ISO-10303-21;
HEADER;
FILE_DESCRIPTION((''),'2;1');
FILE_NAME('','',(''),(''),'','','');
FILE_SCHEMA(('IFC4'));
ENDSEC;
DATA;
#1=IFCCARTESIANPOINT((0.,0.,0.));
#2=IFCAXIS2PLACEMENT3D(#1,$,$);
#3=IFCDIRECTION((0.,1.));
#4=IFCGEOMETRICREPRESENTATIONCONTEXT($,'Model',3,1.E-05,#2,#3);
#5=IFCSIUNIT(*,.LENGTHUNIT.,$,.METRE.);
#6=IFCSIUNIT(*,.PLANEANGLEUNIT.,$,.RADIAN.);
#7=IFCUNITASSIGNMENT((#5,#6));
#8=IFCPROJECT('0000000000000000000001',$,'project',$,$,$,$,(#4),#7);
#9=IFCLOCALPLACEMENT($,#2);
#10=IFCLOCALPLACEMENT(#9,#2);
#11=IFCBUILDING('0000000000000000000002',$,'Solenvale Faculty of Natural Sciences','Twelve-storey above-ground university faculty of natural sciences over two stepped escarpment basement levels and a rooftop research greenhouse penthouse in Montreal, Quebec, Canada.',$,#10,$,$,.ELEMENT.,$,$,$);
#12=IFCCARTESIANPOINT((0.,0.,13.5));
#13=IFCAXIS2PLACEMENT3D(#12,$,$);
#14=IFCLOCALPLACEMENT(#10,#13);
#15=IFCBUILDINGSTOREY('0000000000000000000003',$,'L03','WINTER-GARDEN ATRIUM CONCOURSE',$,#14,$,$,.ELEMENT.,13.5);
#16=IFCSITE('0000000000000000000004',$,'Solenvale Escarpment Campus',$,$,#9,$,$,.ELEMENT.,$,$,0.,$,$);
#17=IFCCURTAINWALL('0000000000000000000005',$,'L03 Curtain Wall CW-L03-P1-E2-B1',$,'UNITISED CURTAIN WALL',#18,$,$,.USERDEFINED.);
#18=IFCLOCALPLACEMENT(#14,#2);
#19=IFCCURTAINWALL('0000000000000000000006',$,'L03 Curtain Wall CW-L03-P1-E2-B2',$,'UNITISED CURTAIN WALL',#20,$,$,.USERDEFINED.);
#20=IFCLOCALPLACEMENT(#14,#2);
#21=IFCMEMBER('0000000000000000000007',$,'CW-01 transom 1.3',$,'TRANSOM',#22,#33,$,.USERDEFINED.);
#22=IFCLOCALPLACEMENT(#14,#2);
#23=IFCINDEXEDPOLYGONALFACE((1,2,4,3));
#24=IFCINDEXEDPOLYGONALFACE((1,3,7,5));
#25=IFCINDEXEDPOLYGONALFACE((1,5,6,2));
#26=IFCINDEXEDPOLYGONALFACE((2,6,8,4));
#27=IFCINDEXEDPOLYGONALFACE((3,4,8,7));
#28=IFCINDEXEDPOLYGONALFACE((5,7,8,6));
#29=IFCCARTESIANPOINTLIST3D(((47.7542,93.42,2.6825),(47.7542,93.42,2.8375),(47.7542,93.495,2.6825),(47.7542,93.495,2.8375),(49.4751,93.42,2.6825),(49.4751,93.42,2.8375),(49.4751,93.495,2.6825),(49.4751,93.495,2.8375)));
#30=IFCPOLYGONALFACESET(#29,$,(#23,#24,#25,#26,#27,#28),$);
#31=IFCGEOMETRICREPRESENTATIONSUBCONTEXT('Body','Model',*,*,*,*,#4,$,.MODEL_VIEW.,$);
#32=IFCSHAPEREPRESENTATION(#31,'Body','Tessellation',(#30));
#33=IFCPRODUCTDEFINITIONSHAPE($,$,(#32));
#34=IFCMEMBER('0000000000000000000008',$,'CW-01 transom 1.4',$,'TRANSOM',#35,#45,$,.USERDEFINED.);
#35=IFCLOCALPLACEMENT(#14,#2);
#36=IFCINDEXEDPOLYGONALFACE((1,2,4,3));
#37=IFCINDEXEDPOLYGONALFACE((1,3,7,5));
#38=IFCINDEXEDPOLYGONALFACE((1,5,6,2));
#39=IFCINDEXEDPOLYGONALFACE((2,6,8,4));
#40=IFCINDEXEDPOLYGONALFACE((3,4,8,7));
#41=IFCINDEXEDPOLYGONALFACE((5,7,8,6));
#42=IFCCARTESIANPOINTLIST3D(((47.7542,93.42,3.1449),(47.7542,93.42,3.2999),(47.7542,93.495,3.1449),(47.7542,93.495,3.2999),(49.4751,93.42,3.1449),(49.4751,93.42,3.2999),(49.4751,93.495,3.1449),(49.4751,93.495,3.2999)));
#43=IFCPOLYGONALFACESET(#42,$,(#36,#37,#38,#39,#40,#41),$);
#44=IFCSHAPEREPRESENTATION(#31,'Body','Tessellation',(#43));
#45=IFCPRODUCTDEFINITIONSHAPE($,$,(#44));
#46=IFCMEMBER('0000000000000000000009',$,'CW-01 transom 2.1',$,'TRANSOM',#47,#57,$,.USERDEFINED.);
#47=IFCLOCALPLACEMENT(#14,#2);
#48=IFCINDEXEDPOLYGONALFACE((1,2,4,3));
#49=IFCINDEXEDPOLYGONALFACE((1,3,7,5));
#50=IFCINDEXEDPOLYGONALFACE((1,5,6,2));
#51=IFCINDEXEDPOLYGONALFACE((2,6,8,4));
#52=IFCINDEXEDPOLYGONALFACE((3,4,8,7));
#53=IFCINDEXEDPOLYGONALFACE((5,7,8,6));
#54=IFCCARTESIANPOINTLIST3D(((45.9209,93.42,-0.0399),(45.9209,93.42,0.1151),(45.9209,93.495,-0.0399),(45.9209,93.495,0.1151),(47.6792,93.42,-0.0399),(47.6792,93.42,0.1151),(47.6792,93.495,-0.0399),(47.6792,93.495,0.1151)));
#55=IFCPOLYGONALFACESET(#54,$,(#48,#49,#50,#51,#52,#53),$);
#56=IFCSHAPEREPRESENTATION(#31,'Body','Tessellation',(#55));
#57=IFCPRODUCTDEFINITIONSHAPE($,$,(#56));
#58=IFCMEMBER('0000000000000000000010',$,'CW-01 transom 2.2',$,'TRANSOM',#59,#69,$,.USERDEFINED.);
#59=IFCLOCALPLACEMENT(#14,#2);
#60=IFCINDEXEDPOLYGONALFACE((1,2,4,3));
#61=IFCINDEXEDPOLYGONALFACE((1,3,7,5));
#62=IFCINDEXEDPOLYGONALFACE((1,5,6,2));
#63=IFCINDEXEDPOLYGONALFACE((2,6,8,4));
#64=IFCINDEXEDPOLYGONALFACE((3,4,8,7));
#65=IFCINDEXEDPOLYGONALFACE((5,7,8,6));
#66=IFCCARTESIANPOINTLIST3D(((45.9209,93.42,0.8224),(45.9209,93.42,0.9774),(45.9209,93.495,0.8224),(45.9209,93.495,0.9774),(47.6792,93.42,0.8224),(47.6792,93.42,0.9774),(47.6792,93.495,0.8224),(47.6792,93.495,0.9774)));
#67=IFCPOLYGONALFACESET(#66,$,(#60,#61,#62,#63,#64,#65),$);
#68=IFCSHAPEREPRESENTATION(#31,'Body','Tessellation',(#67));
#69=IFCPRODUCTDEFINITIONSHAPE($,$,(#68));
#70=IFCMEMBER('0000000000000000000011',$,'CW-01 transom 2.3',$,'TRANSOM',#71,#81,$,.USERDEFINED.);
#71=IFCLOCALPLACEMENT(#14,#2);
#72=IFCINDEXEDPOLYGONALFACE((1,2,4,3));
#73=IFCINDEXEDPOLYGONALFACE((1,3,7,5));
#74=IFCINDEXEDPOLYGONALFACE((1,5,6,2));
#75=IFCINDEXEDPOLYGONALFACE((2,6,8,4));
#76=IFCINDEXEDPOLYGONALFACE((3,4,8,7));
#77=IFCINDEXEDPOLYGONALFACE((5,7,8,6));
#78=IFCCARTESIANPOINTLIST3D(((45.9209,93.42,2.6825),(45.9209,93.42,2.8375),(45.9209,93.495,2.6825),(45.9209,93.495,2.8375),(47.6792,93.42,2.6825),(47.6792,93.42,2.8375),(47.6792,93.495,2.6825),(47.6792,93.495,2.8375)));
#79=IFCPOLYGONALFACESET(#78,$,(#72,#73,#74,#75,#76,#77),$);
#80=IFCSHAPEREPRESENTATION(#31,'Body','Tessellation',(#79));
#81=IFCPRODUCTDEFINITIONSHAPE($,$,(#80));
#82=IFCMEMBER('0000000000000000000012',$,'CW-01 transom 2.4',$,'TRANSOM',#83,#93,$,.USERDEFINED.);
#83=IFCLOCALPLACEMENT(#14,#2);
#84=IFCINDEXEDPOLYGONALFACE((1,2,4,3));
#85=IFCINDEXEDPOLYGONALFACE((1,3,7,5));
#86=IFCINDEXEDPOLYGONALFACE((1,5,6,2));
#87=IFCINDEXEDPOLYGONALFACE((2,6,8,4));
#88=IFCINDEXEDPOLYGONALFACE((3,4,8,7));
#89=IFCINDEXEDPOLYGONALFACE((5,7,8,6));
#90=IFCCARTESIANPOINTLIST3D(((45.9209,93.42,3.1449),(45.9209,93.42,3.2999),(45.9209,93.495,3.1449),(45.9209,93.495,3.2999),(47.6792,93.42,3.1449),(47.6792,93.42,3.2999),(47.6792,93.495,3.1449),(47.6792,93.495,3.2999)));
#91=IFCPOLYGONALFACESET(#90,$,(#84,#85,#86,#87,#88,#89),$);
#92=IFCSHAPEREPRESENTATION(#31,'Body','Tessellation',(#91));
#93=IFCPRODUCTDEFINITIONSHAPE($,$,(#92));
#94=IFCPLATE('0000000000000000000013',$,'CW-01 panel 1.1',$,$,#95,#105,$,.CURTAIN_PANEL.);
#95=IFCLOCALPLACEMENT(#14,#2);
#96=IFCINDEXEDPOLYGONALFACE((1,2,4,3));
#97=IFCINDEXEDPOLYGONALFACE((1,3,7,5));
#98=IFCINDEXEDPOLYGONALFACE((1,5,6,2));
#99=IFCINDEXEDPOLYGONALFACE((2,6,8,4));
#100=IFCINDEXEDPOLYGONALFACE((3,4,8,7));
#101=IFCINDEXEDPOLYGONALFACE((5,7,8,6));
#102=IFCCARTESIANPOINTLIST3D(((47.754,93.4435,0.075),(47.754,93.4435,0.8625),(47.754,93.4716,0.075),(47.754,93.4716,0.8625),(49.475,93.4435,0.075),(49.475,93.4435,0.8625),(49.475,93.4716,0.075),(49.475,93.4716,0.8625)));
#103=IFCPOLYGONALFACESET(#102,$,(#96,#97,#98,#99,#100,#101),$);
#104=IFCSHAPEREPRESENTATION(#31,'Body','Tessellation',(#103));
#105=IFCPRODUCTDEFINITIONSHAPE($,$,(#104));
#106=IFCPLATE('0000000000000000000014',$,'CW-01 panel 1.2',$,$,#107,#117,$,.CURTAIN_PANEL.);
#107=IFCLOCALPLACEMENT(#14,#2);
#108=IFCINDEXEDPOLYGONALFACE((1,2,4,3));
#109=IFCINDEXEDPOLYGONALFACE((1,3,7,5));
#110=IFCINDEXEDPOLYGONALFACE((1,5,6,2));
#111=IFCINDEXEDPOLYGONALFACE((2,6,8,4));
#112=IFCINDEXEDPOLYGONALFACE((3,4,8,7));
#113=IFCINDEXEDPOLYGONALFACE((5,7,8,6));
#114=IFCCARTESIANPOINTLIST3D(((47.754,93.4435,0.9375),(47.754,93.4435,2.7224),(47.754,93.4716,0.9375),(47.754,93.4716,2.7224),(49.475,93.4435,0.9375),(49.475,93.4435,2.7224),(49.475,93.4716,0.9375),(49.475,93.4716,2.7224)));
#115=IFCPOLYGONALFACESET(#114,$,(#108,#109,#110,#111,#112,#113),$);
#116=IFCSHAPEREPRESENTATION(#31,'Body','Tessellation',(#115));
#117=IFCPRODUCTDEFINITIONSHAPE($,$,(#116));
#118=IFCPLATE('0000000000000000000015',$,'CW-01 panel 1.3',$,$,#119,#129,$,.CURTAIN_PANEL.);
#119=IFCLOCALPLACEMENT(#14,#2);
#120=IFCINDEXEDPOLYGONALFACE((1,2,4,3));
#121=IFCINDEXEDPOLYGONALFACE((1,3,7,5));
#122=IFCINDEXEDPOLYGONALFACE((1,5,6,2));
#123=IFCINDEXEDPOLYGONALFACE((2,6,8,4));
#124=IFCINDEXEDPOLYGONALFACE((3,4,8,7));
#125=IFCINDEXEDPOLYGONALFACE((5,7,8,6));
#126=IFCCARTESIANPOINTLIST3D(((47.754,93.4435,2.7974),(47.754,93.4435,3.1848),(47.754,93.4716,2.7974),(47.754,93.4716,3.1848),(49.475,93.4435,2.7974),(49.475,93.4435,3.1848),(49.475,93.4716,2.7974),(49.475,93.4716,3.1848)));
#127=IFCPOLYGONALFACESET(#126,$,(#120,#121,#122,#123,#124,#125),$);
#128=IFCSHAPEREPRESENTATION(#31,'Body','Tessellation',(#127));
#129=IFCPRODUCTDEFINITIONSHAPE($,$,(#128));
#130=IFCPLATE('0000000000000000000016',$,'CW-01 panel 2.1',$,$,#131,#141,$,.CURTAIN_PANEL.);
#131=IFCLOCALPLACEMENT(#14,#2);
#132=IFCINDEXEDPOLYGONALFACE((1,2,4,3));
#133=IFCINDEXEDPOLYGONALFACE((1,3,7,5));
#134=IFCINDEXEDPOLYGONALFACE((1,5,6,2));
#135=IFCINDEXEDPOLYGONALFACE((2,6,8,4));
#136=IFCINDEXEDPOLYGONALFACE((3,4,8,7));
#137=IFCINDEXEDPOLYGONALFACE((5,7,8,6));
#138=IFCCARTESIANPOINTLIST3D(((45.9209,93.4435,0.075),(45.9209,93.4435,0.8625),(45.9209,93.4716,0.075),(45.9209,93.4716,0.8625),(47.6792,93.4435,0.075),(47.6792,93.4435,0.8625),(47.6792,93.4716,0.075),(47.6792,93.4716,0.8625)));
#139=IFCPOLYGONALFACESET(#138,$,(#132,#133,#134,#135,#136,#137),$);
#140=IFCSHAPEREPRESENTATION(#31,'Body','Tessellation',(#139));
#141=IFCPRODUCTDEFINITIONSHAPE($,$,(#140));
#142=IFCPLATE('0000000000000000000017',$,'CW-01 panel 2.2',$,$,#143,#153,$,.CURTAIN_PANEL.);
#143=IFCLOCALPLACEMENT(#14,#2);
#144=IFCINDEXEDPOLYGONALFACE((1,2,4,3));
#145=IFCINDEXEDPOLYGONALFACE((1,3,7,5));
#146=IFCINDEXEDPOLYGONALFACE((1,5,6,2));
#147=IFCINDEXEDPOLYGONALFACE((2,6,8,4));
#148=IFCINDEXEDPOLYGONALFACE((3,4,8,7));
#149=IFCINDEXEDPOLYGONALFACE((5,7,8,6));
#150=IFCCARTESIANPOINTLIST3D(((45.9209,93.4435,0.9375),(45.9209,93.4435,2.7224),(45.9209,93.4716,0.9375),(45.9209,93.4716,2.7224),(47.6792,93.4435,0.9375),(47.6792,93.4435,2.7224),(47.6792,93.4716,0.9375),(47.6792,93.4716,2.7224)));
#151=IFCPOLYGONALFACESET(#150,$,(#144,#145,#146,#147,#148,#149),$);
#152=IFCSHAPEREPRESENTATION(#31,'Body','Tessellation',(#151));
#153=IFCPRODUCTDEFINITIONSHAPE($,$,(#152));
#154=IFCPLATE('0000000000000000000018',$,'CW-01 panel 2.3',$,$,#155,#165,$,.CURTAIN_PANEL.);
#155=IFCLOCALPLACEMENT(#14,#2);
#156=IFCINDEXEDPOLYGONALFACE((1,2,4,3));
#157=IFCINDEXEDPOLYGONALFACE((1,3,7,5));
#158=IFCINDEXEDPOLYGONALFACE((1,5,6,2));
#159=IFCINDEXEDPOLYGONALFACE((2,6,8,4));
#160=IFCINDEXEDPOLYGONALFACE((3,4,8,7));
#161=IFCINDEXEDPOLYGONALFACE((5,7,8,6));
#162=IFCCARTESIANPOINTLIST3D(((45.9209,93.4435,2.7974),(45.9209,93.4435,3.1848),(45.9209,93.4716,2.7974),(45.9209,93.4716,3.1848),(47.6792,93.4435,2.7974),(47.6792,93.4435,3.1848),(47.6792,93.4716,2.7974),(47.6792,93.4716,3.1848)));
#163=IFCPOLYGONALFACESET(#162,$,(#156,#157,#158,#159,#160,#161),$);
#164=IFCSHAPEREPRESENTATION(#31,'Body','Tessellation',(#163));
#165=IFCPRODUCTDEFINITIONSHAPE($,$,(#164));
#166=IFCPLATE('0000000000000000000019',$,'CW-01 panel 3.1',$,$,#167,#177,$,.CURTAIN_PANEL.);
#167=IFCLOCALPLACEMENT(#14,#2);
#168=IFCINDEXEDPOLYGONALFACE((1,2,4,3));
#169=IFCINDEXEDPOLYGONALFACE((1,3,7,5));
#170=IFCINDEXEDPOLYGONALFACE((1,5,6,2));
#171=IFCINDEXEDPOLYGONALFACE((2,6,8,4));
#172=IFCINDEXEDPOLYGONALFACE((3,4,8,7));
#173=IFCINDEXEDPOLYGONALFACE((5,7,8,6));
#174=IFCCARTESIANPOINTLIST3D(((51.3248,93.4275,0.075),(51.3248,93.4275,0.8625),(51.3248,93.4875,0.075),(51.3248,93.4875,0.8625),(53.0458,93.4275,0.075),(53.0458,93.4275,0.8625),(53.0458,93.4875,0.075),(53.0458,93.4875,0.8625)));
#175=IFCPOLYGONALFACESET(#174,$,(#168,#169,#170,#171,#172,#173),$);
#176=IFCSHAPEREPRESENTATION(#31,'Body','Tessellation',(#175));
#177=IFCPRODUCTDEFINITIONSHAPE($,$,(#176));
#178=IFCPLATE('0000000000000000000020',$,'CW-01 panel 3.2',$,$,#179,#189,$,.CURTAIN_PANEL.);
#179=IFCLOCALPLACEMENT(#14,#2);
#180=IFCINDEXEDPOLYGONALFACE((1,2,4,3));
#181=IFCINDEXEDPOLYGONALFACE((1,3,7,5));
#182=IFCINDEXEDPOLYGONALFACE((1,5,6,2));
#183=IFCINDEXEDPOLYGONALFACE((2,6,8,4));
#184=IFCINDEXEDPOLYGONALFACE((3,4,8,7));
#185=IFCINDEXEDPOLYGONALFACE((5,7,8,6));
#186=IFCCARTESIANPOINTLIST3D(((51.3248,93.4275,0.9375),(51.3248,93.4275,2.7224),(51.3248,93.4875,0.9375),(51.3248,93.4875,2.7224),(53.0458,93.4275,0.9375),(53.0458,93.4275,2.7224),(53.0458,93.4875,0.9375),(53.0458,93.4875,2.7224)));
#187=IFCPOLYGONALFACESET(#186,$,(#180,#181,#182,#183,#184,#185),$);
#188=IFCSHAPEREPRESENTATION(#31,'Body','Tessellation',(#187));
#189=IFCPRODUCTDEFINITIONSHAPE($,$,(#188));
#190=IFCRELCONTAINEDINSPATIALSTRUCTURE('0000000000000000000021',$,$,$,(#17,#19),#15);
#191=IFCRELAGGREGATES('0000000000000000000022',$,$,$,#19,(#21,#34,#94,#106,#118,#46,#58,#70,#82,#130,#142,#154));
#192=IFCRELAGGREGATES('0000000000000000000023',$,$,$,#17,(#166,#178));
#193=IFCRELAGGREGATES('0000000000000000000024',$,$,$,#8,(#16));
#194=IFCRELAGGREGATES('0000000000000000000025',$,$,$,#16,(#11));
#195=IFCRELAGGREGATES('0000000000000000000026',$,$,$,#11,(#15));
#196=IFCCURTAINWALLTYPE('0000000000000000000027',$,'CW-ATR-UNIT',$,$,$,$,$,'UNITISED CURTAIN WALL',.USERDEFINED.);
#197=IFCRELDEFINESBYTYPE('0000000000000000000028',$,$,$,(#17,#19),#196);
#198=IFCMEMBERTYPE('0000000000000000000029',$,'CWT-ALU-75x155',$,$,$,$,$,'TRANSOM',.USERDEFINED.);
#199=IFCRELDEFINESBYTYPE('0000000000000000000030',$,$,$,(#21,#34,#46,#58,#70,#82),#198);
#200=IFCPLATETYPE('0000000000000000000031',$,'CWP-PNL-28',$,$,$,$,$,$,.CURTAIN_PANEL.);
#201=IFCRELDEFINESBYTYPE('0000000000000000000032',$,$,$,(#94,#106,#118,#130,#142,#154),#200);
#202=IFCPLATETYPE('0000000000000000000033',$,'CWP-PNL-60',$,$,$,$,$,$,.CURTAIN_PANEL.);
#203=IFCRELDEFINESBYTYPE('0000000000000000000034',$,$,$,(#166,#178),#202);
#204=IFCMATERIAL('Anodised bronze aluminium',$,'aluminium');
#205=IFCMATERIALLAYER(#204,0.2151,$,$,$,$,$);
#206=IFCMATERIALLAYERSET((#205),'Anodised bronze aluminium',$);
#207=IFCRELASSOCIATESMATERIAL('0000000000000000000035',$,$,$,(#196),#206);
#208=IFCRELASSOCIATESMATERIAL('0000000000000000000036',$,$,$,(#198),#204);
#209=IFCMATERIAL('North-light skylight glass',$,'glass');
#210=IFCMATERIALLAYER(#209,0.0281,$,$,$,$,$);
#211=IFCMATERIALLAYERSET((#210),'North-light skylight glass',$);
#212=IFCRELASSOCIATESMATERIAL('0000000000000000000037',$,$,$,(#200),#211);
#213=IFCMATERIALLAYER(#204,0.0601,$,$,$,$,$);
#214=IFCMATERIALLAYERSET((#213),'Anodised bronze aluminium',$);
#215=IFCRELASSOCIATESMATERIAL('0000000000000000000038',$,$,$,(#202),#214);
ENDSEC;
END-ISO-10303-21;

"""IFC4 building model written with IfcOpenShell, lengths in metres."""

from ifc_helpers import new_model, si_unit, direction, frame, origin, origin_2d, place, context, subcontext, project, spatial, rectangle, extrude, material, layer, layer_set, material_profile, profile_set, type_object, element, aggregate, save


model = new_model("IFC4")

# Units and contexts
model_context = context("Model", 3, precision=1e-05, world=origin(), true_north=direction((0.0, 1.0)))
body_context = subcontext(model_context, "Body", "Model", "MODEL_VIEW")
ifc_project = project(units=[si_unit("LENGTHUNIT", "METRE"), si_unit("PLANEANGLEUNIT", "RADIAN")], contexts=[model_context])

# Site, building, storey
site_placement = place(None, origin())
site = spatial("IfcSite", under=ifc_project, at=site_placement, Name="Solenvale Escarpment Campus", CompositionType="ELEMENT", RefElevation=0.0)
building_placement = place(site_placement, origin())
building = spatial("IfcBuilding", under=site, at=building_placement, Name="Solenvale Faculty of Natural Sciences", Description="Twelve-storey above-ground university faculty of natural sciences over two stepped escarpment basement levels and a rooftop research greenhouse penthouse in Montreal, Quebec, Canada.", CompositionType="ELEMENT")
storey_placement = place(building_placement, frame((0.0, 0.0, 13.5)))
storey = spatial("IfcBuildingStorey", under=building, at=storey_placement, Name="L03", Description="WINTER-GARDEN ATRIUM CONCOURSE", CompositionType="ELEMENT", Elevation=13.5)

# Curtain wall
ifc_material_1 = material(Name="Anodised bronze aluminium", Category="aluminium")
ifc_layer_1 = layer(ifc_material_1, 0.2151)
ifc_layer_set_1 = layer_set([ifc_layer_1], Name="Anodised bronze aluminium")
curtain_wall_type = type_object("IfcCurtainWallType", Name="CW-ATR-UNIT", ElementType="UNITISED CURTAIN WALL", PredefinedType="USERDEFINED", material=ifc_layer_set_1)
curtain_wall_1_placement = place(storey_placement, origin())
curtain_wall_1 = element("IfcCurtainWall", 1, at=curtain_wall_1_placement, inside=storey, type_object=curtain_wall_type, Name="L03 Curtain Wall CW-L03-P1-E2-B1", ObjectType="UNITISED CURTAIN WALL", PredefinedType="USERDEFINED")

# Curtain wall, members, plates
curtain_wall_2_placement = place(storey_placement, origin())
curtain_wall_2 = element("IfcCurtainWall", 2, at=curtain_wall_2_placement, inside=storey, type_object=curtain_wall_type, Name="L03 Curtain Wall CW-L03-P1-E2-B2", ObjectType="UNITISED CURTAIN WALL", PredefinedType="USERDEFINED")
ifc_material_profile_1 = material_profile(ifc_material_1, rectangle(XDim=0.075, YDim=0.155, at=origin_2d()), Name="ALU-TRN-75x155")
ifc_profile_set_1 = profile_set([ifc_material_profile_1], Name="Anodised bronze aluminium")
member_type_1 = type_object("IfcMemberType", Name="CWT-ALU-75x155", ElementType="TRANSOM", PredefinedType="USERDEFINED", material=ifc_profile_set_1)
member_1_placement = place(storey_placement, frame((49.4751, 93.4575, 2.76), z_axis=(-1.0, 0.0, 0.0), x_axis=(0.0, -1.0, 0.0)))
member_1 = element("IfcMember", 3, at=member_1_placement, type_object=member_type_1, Name="CW-01 transom 1.3", ObjectType="TRANSOM", PredefinedType="USERDEFINED", context=body_context, shape_type="SweptSolid", body=[
    extrude(rectangle(XDim=0.075, YDim=0.155, at=origin_2d()), origin(), (0.0, 0.0, 1.0), 1.7209),
])
member_2_placement = place(storey_placement, frame((49.4751, 93.4575, 3.2224), z_axis=(-1.0, 0.0, 0.0), x_axis=(0.0, -1.0, 0.0)))
member_2 = element("IfcMember", 4, at=member_2_placement, type_object=member_type_1, Name="CW-01 transom 1.4", ObjectType="TRANSOM", PredefinedType="USERDEFINED", context=body_context, shape_type="SweptSolid", body=[
    extrude(rectangle(XDim=0.075, YDim=0.155, at=origin_2d()), origin(), (0.0, 0.0, 1.0), 1.7209),
])
member_3_placement = place(storey_placement, frame((47.6792, 93.4575, 0.0376), z_axis=(-1.0, 0.0, 0.0), x_axis=(0.0, -1.0, 0.0)))
member_3 = element("IfcMember", 5, at=member_3_placement, type_object=member_type_1, Name="CW-01 transom 2.1", ObjectType="TRANSOM", PredefinedType="USERDEFINED", context=body_context, shape_type="SweptSolid", body=[
    extrude(rectangle(XDim=0.075, YDim=0.155, at=origin_2d()), origin(), (0.0, 0.0, 1.0), 1.7583),
])
member_4_placement = place(storey_placement, frame((47.6792, 93.4575, 0.8999), z_axis=(-1.0, 0.0, 0.0), x_axis=(0.0, -1.0, 0.0)))
member_4 = element("IfcMember", 6, at=member_4_placement, type_object=member_type_1, Name="CW-01 transom 2.2", ObjectType="TRANSOM", PredefinedType="USERDEFINED", context=body_context, shape_type="SweptSolid", body=[
    extrude(rectangle(XDim=0.075, YDim=0.155, at=origin_2d()), origin(), (0.0, 0.0, 1.0), 1.7583),
])
member_5_placement = place(storey_placement, frame((47.6792, 93.4575, 2.76), z_axis=(-1.0, 0.0, 0.0), x_axis=(0.0, -1.0, 0.0)))
member_5 = element("IfcMember", 7, at=member_5_placement, type_object=member_type_1, Name="CW-01 transom 2.3", ObjectType="TRANSOM", PredefinedType="USERDEFINED", context=body_context, shape_type="SweptSolid", body=[
    extrude(rectangle(XDim=0.075, YDim=0.155, at=origin_2d()), origin(), (0.0, 0.0, 1.0), 1.7583),
])
member_6_placement = place(storey_placement, frame((47.6792, 93.4575, 3.2224), z_axis=(-1.0, 0.0, 0.0), x_axis=(0.0, -1.0, 0.0)))
member_6 = element("IfcMember", 8, at=member_6_placement, type_object=member_type_1, Name="CW-01 transom 2.4", ObjectType="TRANSOM", PredefinedType="USERDEFINED", context=body_context, shape_type="SweptSolid", body=[
    extrude(rectangle(XDim=0.075, YDim=0.155, at=origin_2d()), origin(), (0.0, 0.0, 1.0), 1.7583),
])
ifc_material_2 = material(Name="North-light skylight glass", Category="glass")
ifc_layer_2 = layer(ifc_material_2, 0.0281)
ifc_layer_set_2 = layer_set([ifc_layer_2], Name="North-light skylight glass")
plate_type_1 = type_object("IfcPlateType", Name="CWP-PNL-28", PredefinedType="CURTAIN_PANEL", material=ifc_layer_set_2)
plate_1_placement = place(storey_placement, frame((48.6145, 93.4575, 0.075), z_axis=(0.0, 0.0, 1.0), x_axis=(-1.0, 0.0, 0.0)))
plate_1 = element("IfcPlate", 9, at=plate_1_placement, type_object=plate_type_1, Name="CW-01 panel 1.1", PredefinedType="CURTAIN_PANEL", context=body_context, shape_type="SweptSolid", body=[
    extrude(rectangle(XDim=1.7209, YDim=0.0281, at=origin_2d()), origin(), (0.0, 0.0, 1.0), 0.7876),
])
plate_2_placement = place(storey_placement, frame((48.6145, 93.4575, 0.9375), z_axis=(0.0, 0.0, 1.0), x_axis=(-1.0, 0.0, 0.0)))
plate_2 = element("IfcPlate", 10, at=plate_2_placement, type_object=plate_type_1, Name="CW-01 panel 1.2", PredefinedType="CURTAIN_PANEL", context=body_context, shape_type="SweptSolid", body=[
    extrude(rectangle(XDim=1.7209, YDim=0.0281, at=origin_2d()), origin(), (0.0, 0.0, 1.0), 1.7849),
])
plate_3_placement = place(storey_placement, frame((48.6145, 93.4575, 2.7974), z_axis=(0.0, 0.0, 1.0), x_axis=(-1.0, 0.0, 0.0)))
plate_3 = element("IfcPlate", 11, at=plate_3_placement, type_object=plate_type_1, Name="CW-01 panel 1.3", PredefinedType="CURTAIN_PANEL", context=body_context, shape_type="SweptSolid", body=[
    extrude(rectangle(XDim=1.7209, YDim=0.0281, at=origin_2d()), origin(), (0.0, 0.0, 1.0), 0.3875),
])
plate_4_placement = place(storey_placement, frame((46.8, 93.4575, 0.075), z_axis=(0.0, 0.0, 1.0), x_axis=(-1.0, 0.0, 0.0)))
plate_4 = element("IfcPlate", 12, at=plate_4_placement, type_object=plate_type_1, Name="CW-01 panel 2.1", PredefinedType="CURTAIN_PANEL", context=body_context, shape_type="SweptSolid", body=[
    extrude(rectangle(XDim=1.7583, YDim=0.0281, at=origin_2d()), origin(), (0.0, 0.0, 1.0), 0.7876),
])
plate_5_placement = place(storey_placement, frame((46.8, 93.4575, 0.9375), z_axis=(0.0, 0.0, 1.0), x_axis=(-1.0, 0.0, 0.0)))
plate_5 = element("IfcPlate", 13, at=plate_5_placement, type_object=plate_type_1, Name="CW-01 panel 2.2", PredefinedType="CURTAIN_PANEL", context=body_context, shape_type="SweptSolid", body=[
    extrude(rectangle(XDim=1.7583, YDim=0.0281, at=origin_2d()), origin(), (0.0, 0.0, 1.0), 1.7849),
])
plate_6_placement = place(storey_placement, frame((46.8, 93.4575, 2.7974), z_axis=(0.0, 0.0, 1.0), x_axis=(-1.0, 0.0, 0.0)))
plate_6 = element("IfcPlate", 14, at=plate_6_placement, type_object=plate_type_1, Name="CW-01 panel 2.3", PredefinedType="CURTAIN_PANEL", context=body_context, shape_type="SweptSolid", body=[
    extrude(rectangle(XDim=1.7583, YDim=0.0281, at=origin_2d()), origin(), (0.0, 0.0, 1.0), 0.3875),
])
aggregate(curtain_wall_2, [member_1, member_2, plate_1, plate_2, plate_3, member_3, member_4, member_5, member_6, plate_4, plate_5, plate_6])

# Plates
ifc_layer_3 = layer(ifc_material_1, 0.0601)
ifc_layer_set_3 = layer_set([ifc_layer_3], Name="Anodised bronze aluminium")
plate_type_2 = type_object("IfcPlateType", Name="CWP-PNL-60", PredefinedType="CURTAIN_PANEL", material=ifc_layer_set_3)
plate_7_placement = place(storey_placement, frame((52.1853, 93.4575, 0.075), z_axis=(0.0, 0.0, 1.0), x_axis=(-1.0, 0.0, 0.0)))
plate_7 = element("IfcPlate", 15, at=plate_7_placement, type_object=plate_type_2, Name="CW-01 panel 3.1", PredefinedType="CURTAIN_PANEL", context=body_context, shape_type="SweptSolid", body=[
    extrude(rectangle(XDim=1.7209, YDim=0.0601, at=origin_2d()), origin(), (0.0, 0.0, 1.0), 0.7876),
])
plate_8_placement = place(storey_placement, frame((52.1853, 93.4575, 0.9375), z_axis=(0.0, 0.0, 1.0), x_axis=(-1.0, 0.0, 0.0)))
plate_8 = element("IfcPlate", 16, at=plate_8_placement, type_object=plate_type_2, Name="CW-01 panel 3.2", PredefinedType="CURTAIN_PANEL", context=body_context, shape_type="SweptSolid", body=[
    extrude(rectangle(XDim=1.7209, YDim=0.0601, at=origin_2d()), origin(), (0.0, 0.0, 1.0), 1.7849),
])
aggregate(curtain_wall_1, [plate_7, plate_8])

save(model, "model.ifc")
